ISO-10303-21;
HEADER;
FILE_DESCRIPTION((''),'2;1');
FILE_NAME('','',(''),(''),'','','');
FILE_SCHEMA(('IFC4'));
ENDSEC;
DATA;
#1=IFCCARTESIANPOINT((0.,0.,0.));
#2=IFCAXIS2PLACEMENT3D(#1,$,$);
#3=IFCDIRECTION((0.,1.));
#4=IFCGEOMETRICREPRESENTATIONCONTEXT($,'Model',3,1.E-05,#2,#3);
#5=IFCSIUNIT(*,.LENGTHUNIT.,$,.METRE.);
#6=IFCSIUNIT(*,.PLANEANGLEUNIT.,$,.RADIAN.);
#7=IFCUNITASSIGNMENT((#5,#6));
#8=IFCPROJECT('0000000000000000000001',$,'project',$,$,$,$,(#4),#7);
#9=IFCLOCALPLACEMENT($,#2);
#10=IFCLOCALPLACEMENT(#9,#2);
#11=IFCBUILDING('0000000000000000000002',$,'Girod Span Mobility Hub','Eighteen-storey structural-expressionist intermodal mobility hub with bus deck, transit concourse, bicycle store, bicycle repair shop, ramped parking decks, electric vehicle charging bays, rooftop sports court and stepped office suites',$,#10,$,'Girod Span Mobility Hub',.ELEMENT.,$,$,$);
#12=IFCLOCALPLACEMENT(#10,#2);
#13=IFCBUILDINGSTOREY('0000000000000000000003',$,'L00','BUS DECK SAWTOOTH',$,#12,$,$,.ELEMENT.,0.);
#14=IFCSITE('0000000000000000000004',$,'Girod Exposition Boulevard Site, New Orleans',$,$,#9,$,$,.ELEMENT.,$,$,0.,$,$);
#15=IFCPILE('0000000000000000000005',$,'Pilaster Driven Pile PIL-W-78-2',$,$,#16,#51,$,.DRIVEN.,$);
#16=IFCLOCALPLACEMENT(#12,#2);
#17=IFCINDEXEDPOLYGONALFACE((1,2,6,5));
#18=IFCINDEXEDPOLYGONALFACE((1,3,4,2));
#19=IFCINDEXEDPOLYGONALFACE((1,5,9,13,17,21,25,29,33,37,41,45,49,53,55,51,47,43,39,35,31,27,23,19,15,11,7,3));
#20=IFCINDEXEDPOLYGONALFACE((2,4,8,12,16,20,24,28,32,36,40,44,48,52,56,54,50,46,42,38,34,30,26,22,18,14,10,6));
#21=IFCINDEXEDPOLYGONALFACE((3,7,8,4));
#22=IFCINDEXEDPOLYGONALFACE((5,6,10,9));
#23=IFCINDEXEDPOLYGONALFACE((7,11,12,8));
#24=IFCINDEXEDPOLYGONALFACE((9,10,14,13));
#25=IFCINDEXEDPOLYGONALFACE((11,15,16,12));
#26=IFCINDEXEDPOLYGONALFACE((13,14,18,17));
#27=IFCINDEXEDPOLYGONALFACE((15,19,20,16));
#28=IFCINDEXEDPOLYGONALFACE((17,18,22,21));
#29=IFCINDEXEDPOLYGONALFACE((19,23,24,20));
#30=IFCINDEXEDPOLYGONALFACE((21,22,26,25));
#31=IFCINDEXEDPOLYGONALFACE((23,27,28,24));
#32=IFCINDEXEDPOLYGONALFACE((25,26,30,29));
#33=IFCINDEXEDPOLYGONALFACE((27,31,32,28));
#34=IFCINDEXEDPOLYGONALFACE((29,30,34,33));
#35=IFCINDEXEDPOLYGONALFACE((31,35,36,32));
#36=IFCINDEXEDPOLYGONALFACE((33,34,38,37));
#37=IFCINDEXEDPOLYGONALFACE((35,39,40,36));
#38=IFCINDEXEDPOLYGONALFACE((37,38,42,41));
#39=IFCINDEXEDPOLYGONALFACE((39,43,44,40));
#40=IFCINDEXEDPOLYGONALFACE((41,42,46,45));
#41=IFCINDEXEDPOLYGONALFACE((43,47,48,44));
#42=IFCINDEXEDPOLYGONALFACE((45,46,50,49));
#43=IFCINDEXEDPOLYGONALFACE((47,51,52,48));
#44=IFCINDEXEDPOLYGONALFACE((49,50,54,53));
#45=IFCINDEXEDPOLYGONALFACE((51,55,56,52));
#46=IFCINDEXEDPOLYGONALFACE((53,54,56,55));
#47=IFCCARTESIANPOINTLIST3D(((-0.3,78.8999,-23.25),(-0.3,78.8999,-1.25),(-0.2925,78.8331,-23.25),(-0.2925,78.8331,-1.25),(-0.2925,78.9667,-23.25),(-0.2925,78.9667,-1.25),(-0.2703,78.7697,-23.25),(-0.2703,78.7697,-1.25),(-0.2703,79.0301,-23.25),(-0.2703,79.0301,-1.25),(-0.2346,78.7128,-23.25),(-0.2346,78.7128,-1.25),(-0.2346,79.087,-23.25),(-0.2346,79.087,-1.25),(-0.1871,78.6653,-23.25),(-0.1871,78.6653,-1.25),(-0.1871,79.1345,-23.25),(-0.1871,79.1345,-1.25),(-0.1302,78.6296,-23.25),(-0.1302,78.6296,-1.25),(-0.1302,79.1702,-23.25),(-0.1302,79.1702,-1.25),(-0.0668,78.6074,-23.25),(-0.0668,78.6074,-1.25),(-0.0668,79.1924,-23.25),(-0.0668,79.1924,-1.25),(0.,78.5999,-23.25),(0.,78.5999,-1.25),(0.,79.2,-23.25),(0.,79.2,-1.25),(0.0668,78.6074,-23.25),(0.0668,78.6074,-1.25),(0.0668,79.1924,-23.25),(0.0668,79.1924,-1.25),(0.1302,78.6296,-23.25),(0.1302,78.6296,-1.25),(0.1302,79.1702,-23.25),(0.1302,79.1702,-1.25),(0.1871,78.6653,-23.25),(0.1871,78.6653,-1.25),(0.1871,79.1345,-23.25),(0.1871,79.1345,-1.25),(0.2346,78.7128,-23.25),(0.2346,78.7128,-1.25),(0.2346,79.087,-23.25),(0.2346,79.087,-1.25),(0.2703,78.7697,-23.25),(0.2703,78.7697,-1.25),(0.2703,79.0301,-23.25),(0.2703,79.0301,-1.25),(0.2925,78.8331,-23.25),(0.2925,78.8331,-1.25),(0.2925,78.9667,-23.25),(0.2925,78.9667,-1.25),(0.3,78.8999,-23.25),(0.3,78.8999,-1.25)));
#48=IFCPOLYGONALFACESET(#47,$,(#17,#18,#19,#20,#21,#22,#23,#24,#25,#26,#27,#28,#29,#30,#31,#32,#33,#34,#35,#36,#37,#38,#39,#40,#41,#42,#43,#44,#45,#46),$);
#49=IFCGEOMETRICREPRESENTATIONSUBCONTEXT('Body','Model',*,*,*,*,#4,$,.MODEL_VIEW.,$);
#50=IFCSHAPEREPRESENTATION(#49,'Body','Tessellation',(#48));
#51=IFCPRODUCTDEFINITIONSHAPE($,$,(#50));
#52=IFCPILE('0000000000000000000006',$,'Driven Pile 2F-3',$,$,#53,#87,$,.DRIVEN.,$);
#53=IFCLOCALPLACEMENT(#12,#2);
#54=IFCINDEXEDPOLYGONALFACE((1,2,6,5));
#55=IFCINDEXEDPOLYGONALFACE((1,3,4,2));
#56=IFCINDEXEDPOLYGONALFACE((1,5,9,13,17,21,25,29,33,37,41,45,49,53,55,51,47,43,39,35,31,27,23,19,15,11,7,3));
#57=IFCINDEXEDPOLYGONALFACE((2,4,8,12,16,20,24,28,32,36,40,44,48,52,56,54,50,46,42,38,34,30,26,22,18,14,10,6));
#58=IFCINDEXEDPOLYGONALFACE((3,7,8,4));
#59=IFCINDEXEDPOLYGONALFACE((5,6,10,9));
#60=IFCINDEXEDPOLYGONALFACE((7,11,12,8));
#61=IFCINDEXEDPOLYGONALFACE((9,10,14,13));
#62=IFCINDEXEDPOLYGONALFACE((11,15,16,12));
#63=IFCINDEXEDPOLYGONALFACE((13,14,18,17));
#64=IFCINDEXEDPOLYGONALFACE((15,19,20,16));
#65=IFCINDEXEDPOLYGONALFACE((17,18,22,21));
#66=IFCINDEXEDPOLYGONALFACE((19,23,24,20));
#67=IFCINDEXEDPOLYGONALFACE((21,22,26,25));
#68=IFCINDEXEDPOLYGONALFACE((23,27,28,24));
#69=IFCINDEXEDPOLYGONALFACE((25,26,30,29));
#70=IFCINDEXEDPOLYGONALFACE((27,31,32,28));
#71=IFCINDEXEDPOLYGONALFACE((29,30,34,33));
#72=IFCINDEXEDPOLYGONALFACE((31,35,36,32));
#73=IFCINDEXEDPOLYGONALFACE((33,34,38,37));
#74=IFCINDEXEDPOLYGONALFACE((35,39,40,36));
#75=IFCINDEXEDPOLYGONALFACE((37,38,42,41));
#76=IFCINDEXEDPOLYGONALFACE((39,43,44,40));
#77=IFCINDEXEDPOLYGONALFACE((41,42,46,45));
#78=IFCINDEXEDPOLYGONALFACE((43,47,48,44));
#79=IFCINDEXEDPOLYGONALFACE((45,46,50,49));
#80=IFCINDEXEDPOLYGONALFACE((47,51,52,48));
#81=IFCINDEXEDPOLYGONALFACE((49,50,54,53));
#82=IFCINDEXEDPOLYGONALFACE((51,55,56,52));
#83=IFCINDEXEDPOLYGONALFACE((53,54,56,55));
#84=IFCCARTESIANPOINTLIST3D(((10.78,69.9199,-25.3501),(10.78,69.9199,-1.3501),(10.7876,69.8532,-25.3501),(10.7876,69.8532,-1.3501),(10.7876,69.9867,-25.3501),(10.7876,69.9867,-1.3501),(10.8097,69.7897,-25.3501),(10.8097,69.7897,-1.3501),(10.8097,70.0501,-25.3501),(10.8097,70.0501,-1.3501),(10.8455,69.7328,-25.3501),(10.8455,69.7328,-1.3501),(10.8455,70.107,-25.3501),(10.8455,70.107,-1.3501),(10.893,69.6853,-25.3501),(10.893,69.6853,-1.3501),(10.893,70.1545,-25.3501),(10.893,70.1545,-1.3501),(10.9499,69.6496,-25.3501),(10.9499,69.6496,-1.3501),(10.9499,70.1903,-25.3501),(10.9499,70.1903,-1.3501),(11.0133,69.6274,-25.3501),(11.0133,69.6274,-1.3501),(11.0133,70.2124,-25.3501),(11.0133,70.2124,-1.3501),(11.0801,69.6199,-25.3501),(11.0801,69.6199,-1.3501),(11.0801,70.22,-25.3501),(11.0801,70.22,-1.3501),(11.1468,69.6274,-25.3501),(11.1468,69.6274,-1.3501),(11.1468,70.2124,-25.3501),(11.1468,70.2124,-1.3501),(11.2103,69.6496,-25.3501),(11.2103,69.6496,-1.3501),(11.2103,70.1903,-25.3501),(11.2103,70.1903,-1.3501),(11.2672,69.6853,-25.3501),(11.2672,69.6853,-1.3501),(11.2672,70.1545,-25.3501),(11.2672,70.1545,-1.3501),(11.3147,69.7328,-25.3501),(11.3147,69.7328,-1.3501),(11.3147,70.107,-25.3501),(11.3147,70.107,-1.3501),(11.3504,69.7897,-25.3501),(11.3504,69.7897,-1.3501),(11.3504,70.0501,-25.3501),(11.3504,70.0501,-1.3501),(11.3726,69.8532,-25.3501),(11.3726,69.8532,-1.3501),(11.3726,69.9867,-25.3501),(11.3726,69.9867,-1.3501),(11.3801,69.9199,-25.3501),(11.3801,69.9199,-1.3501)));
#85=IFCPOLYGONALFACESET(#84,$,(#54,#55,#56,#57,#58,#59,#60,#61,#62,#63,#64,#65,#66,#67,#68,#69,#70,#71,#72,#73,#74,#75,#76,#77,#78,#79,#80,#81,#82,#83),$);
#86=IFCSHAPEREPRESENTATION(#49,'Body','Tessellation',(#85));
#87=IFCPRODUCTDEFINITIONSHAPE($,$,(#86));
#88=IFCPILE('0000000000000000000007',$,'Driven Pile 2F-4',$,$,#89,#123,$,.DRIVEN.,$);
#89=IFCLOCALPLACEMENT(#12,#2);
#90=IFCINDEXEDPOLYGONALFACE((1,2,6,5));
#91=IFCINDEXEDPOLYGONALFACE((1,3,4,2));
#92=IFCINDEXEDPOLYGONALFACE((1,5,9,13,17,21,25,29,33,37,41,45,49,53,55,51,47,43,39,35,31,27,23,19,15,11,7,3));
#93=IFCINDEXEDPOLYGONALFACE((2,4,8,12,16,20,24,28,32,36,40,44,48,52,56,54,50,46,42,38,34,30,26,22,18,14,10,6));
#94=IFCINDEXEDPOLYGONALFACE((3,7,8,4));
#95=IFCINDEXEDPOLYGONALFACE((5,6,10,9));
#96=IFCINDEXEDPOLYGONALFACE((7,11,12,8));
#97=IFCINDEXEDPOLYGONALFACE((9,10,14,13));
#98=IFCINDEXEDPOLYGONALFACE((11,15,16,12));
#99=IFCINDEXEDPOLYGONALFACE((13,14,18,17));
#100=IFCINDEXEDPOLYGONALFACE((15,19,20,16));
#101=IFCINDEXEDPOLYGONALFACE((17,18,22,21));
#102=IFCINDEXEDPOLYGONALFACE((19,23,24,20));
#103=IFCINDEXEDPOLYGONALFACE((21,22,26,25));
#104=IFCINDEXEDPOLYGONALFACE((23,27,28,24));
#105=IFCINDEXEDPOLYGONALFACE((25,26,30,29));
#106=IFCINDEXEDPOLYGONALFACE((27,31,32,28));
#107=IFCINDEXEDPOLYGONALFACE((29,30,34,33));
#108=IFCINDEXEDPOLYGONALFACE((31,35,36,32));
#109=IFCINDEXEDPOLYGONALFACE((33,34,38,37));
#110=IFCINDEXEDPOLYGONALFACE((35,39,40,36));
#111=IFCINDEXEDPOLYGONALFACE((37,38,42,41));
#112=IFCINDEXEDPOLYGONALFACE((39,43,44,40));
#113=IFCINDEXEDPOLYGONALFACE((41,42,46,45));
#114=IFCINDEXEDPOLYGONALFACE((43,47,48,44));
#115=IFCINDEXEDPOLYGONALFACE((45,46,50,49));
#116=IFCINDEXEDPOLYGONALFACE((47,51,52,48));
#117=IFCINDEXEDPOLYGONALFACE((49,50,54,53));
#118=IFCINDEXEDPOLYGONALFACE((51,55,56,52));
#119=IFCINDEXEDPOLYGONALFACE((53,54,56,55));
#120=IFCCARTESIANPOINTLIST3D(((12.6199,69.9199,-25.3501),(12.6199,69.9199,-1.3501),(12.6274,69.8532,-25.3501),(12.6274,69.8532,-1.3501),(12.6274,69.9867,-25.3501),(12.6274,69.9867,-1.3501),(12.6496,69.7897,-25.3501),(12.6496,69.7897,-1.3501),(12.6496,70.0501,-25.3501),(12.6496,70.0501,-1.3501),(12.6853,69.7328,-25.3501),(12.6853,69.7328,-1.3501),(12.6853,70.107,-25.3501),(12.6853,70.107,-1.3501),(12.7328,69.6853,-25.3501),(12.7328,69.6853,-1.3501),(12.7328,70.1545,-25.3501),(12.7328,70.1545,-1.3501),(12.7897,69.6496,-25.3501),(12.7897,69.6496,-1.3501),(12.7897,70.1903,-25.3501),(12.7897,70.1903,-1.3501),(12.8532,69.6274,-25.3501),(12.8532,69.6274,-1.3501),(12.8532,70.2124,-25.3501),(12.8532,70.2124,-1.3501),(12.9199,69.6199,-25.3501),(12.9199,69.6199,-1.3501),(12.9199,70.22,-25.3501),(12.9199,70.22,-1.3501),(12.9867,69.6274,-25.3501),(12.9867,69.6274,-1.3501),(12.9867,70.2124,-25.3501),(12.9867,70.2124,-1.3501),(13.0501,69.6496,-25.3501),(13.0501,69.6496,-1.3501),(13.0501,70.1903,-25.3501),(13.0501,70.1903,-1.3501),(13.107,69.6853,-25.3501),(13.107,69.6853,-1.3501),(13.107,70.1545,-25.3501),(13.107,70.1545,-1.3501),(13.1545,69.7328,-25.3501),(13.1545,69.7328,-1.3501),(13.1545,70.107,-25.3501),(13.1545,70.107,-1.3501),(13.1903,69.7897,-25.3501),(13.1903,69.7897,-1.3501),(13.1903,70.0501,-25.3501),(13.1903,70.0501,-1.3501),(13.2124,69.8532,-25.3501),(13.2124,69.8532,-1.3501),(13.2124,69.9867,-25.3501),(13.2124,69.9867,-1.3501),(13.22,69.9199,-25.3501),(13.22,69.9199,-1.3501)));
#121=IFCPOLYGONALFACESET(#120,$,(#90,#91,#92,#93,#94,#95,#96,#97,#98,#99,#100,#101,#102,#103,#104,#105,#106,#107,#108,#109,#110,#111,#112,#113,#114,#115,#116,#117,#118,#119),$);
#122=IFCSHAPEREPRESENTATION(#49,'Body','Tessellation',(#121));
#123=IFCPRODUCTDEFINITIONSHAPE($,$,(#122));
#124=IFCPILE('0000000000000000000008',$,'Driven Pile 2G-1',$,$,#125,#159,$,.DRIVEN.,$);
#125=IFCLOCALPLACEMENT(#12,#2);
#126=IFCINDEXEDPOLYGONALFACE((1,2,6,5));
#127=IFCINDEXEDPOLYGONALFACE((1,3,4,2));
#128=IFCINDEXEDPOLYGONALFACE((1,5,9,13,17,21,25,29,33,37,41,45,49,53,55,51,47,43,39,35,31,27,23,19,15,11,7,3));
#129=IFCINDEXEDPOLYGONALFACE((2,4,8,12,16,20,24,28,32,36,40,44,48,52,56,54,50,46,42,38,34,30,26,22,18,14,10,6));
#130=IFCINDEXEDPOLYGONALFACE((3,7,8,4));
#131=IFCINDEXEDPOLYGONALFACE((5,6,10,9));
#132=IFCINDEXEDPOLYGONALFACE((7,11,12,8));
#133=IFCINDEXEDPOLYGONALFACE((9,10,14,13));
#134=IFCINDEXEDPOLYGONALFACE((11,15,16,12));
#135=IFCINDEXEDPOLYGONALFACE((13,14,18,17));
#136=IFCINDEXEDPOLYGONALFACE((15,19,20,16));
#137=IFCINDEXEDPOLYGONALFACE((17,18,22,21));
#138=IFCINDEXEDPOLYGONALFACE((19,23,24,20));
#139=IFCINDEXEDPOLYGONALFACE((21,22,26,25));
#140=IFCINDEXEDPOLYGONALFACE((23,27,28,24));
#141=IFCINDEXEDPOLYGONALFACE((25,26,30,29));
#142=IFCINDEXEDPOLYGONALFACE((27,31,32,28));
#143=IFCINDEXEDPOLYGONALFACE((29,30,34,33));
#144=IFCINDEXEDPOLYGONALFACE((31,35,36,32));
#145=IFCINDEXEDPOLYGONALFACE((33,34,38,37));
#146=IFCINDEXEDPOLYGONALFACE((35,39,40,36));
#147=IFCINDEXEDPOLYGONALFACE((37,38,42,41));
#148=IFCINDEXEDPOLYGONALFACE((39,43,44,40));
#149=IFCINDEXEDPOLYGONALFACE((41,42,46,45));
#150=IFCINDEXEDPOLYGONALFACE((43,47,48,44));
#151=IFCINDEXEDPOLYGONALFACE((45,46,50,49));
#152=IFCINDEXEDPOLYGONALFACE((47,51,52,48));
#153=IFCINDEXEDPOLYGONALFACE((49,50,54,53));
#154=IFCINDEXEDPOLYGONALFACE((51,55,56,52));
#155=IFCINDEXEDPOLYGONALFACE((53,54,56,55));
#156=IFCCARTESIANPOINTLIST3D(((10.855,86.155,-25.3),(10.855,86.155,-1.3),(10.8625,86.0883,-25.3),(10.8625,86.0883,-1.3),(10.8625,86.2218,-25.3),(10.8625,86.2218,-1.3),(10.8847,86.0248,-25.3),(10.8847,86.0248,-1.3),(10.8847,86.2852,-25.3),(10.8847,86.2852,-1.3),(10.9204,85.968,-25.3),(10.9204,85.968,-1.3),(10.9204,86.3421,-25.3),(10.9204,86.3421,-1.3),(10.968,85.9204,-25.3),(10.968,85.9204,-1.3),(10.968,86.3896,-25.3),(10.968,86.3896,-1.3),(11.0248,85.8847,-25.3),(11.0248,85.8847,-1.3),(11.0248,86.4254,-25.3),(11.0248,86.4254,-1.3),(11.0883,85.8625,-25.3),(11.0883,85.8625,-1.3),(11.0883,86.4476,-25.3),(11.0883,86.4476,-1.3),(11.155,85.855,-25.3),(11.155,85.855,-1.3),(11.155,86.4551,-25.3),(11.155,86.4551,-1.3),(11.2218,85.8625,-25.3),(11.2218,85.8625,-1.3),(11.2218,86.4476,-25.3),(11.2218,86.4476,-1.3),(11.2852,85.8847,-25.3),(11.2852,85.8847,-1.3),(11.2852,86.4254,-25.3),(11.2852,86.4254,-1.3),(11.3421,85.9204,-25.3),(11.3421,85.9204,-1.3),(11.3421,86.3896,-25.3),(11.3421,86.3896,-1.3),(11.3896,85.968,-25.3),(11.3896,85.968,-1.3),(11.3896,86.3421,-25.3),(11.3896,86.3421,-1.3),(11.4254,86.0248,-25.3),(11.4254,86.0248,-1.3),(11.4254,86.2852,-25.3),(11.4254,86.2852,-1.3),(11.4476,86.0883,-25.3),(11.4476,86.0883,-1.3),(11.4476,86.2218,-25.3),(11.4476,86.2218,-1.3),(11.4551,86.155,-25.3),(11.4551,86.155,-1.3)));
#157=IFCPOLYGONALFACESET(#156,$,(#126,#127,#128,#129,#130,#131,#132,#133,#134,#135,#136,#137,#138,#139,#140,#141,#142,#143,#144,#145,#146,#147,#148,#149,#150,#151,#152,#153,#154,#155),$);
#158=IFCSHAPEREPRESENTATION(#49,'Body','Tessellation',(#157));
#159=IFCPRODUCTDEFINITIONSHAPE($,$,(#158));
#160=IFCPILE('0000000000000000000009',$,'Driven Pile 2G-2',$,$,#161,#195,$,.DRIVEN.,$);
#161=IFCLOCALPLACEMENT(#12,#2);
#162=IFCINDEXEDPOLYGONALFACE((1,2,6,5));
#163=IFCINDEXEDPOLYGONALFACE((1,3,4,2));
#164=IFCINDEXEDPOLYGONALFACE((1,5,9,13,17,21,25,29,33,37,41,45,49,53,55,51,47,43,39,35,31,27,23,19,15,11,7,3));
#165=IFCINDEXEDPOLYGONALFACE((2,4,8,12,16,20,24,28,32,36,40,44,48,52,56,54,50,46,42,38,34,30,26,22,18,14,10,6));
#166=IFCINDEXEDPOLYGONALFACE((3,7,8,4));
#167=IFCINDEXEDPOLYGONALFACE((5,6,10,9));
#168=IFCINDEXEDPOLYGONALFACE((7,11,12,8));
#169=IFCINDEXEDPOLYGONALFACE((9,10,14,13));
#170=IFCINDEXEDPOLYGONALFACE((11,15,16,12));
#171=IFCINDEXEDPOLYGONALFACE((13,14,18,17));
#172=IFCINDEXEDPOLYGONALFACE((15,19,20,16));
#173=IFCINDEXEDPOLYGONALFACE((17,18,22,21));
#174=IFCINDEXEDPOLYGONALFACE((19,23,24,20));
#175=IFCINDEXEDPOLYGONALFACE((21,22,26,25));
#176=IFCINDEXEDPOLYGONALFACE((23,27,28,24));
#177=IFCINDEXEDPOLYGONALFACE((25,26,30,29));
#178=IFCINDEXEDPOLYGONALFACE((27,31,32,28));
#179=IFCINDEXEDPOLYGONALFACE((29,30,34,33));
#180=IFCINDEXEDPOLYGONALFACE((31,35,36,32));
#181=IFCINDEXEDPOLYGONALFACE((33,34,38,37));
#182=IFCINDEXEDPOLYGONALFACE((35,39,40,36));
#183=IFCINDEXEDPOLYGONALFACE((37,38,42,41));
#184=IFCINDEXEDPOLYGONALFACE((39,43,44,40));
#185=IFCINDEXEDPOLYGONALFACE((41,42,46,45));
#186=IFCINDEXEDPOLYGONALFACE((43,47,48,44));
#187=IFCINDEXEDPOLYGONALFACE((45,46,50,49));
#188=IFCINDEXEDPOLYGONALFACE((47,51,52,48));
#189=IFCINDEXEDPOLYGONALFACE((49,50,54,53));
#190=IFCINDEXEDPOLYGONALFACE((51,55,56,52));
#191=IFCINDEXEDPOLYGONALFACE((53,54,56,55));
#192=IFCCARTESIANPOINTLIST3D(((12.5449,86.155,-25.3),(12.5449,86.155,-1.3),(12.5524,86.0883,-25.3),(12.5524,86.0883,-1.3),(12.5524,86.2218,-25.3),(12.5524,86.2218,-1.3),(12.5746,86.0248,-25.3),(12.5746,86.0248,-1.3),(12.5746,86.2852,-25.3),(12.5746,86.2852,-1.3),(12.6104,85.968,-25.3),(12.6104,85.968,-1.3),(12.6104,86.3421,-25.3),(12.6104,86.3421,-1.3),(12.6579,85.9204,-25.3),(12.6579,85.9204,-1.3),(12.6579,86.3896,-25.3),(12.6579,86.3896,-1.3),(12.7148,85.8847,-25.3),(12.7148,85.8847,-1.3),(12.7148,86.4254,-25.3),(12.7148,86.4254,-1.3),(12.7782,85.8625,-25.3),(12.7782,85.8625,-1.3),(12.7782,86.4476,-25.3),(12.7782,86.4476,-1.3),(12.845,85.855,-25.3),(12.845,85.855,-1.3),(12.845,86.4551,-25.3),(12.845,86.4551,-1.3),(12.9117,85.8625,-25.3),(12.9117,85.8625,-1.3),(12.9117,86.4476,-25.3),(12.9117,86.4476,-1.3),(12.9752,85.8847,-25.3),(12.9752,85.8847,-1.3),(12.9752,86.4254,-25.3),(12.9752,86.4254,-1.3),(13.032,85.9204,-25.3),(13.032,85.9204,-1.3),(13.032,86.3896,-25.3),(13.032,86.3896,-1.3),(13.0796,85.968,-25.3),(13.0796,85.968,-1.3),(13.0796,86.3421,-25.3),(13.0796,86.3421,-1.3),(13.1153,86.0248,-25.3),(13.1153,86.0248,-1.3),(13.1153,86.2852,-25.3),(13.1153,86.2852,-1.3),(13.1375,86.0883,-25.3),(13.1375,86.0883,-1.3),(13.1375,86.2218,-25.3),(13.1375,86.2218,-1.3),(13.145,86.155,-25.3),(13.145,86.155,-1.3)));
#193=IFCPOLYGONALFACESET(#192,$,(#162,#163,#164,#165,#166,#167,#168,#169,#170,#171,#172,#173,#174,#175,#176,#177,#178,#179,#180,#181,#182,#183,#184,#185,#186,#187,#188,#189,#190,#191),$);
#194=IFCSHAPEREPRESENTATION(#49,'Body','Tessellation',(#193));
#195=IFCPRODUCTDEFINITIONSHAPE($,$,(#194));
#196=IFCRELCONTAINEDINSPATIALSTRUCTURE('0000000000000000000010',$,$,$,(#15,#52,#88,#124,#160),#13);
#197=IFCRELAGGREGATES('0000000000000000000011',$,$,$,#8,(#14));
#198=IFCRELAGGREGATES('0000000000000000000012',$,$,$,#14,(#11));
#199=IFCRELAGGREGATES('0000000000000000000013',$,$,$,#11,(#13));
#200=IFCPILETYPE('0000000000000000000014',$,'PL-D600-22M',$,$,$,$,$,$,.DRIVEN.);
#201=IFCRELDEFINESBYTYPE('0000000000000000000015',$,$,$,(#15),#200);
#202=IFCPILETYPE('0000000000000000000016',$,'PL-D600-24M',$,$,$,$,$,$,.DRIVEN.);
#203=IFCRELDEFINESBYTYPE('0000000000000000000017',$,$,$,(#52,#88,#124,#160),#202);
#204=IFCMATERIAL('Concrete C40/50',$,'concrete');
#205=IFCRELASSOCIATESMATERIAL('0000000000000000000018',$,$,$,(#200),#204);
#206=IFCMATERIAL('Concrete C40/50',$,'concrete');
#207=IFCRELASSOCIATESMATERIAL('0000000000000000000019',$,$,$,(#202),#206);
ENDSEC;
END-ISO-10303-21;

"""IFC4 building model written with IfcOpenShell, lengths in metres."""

from ifc_helpers import new_model, si_unit, direction, frame, origin, origin_2d, place, context, subcontext, project, spatial, circle, extrude, material, material_profile, profile_set, type_object, element, save


model = new_model("IFC4")

# Units and contexts
model_context = context("Model", 3, precision=1e-05, world=origin(), true_north=direction((0.0, 1.0)))
body_context = subcontext(model_context, "Body", "Model", "MODEL_VIEW")
ifc_project = project(units=[si_unit("LENGTHUNIT", "METRE"), si_unit("PLANEANGLEUNIT", "RADIAN")], contexts=[model_context])

# Site, building, storey
site_placement = place(None, origin())
site = spatial("IfcSite", under=ifc_project, at=site_placement, Name="Girod Exposition Boulevard Site, New Orleans", CompositionType="ELEMENT", RefElevation=0.0)
building_placement = place(site_placement, origin())
building = spatial("IfcBuilding", under=site, at=building_placement, Name="Girod Span Mobility Hub", Description="Eighteen-storey structural-expressionist intermodal mobility hub with bus deck, transit concourse, bicycle store, bicycle repair shop, ramped parking decks, electric vehicle charging bays, rooftop sports court and stepped office suites", LongName="Girod Span Mobility Hub", CompositionType="ELEMENT")
storey_placement = place(building_placement, origin())
storey = spatial("IfcBuildingStorey", under=building, at=storey_placement, Name="L00", Description="BUS DECK SAWTOOTH", CompositionType="ELEMENT", Elevation=0.0)

# Piles
ifc_material_1 = material(Name="Concrete C40/50", Category="concrete")
ifc_material_profile_1 = material_profile(ifc_material_1, circle(Radius=0.3, at=origin_2d()), Name="PILE-D600")
ifc_profile_set_1 = profile_set([ifc_material_profile_1], Name="Concrete C40/50")
pile_type_1 = type_object("IfcPileType", Name="PL-D600-22M", PredefinedType="DRIVEN", material=ifc_profile_set_1)
for number, where, z_axis, x_axis, name in (
    (1, (0.0, 78.8999, -1.25), (0.0, 0.0, -1.0), (1.0, 0.0, 0.0), "Pilaster Driven Pile PIL-W-78-2"),
):
    element("IfcPile", number, at=place(storey_placement, frame(where, z_axis=z_axis, x_axis=x_axis)), inside=storey, type_object=pile_type_1, Name=name, PredefinedType="DRIVEN", context=body_context, shape_type="SweptSolid", body=[
        extrude(circle(Radius=0.3, at=origin_2d()), origin(), (0.0, 0.0, 1.0), 22.0),
    ])
ifc_material_2 = material(Name="Concrete C40/50", Category="concrete")
ifc_material_profile_2 = material_profile(ifc_material_2, circle(Radius=0.3, at=origin_2d()), Name="PILE-D600")
ifc_profile_set_2 = profile_set([ifc_material_profile_2], Name="Concrete C40/50")
pile_type_2 = type_object("IfcPileType", Name="PL-D600-24M", PredefinedType="DRIVEN", material=ifc_profile_set_2)
for number, where, z_axis, x_axis, name in (
    (2, (11.0801, 69.9199, -1.3501), (0.0, 0.0, -1.0), (1.0, 0.0, 0.0), "Driven Pile 2F-3"),
    (3, (12.9199, 69.9199, -1.3501), (0.0, 0.0, -1.0), (1.0, 0.0, 0.0), "Driven Pile 2F-4"),
    (4, (11.155, 86.155, -1.3), (0.0, 0.0, -1.0), (1.0, 0.0, 0.0), "Driven Pile 2G-1"),
    (5, (12.845, 86.155, -1.3), (0.0, 0.0, -1.0), (1.0, 0.0, 0.0), "Driven Pile 2G-2"),
):
    element("IfcPile", number, at=place(storey_placement, frame(where, z_axis=z_axis, x_axis=x_axis)), inside=storey, type_object=pile_type_2, Name=name, PredefinedType="DRIVEN", context=body_context, shape_type="SweptSolid", body=[
        extrude(circle(Radius=0.3, at=origin_2d()), origin(), (0.0, 0.0, 1.0), 24.0),
    ])

save(model, "model.ifc")
